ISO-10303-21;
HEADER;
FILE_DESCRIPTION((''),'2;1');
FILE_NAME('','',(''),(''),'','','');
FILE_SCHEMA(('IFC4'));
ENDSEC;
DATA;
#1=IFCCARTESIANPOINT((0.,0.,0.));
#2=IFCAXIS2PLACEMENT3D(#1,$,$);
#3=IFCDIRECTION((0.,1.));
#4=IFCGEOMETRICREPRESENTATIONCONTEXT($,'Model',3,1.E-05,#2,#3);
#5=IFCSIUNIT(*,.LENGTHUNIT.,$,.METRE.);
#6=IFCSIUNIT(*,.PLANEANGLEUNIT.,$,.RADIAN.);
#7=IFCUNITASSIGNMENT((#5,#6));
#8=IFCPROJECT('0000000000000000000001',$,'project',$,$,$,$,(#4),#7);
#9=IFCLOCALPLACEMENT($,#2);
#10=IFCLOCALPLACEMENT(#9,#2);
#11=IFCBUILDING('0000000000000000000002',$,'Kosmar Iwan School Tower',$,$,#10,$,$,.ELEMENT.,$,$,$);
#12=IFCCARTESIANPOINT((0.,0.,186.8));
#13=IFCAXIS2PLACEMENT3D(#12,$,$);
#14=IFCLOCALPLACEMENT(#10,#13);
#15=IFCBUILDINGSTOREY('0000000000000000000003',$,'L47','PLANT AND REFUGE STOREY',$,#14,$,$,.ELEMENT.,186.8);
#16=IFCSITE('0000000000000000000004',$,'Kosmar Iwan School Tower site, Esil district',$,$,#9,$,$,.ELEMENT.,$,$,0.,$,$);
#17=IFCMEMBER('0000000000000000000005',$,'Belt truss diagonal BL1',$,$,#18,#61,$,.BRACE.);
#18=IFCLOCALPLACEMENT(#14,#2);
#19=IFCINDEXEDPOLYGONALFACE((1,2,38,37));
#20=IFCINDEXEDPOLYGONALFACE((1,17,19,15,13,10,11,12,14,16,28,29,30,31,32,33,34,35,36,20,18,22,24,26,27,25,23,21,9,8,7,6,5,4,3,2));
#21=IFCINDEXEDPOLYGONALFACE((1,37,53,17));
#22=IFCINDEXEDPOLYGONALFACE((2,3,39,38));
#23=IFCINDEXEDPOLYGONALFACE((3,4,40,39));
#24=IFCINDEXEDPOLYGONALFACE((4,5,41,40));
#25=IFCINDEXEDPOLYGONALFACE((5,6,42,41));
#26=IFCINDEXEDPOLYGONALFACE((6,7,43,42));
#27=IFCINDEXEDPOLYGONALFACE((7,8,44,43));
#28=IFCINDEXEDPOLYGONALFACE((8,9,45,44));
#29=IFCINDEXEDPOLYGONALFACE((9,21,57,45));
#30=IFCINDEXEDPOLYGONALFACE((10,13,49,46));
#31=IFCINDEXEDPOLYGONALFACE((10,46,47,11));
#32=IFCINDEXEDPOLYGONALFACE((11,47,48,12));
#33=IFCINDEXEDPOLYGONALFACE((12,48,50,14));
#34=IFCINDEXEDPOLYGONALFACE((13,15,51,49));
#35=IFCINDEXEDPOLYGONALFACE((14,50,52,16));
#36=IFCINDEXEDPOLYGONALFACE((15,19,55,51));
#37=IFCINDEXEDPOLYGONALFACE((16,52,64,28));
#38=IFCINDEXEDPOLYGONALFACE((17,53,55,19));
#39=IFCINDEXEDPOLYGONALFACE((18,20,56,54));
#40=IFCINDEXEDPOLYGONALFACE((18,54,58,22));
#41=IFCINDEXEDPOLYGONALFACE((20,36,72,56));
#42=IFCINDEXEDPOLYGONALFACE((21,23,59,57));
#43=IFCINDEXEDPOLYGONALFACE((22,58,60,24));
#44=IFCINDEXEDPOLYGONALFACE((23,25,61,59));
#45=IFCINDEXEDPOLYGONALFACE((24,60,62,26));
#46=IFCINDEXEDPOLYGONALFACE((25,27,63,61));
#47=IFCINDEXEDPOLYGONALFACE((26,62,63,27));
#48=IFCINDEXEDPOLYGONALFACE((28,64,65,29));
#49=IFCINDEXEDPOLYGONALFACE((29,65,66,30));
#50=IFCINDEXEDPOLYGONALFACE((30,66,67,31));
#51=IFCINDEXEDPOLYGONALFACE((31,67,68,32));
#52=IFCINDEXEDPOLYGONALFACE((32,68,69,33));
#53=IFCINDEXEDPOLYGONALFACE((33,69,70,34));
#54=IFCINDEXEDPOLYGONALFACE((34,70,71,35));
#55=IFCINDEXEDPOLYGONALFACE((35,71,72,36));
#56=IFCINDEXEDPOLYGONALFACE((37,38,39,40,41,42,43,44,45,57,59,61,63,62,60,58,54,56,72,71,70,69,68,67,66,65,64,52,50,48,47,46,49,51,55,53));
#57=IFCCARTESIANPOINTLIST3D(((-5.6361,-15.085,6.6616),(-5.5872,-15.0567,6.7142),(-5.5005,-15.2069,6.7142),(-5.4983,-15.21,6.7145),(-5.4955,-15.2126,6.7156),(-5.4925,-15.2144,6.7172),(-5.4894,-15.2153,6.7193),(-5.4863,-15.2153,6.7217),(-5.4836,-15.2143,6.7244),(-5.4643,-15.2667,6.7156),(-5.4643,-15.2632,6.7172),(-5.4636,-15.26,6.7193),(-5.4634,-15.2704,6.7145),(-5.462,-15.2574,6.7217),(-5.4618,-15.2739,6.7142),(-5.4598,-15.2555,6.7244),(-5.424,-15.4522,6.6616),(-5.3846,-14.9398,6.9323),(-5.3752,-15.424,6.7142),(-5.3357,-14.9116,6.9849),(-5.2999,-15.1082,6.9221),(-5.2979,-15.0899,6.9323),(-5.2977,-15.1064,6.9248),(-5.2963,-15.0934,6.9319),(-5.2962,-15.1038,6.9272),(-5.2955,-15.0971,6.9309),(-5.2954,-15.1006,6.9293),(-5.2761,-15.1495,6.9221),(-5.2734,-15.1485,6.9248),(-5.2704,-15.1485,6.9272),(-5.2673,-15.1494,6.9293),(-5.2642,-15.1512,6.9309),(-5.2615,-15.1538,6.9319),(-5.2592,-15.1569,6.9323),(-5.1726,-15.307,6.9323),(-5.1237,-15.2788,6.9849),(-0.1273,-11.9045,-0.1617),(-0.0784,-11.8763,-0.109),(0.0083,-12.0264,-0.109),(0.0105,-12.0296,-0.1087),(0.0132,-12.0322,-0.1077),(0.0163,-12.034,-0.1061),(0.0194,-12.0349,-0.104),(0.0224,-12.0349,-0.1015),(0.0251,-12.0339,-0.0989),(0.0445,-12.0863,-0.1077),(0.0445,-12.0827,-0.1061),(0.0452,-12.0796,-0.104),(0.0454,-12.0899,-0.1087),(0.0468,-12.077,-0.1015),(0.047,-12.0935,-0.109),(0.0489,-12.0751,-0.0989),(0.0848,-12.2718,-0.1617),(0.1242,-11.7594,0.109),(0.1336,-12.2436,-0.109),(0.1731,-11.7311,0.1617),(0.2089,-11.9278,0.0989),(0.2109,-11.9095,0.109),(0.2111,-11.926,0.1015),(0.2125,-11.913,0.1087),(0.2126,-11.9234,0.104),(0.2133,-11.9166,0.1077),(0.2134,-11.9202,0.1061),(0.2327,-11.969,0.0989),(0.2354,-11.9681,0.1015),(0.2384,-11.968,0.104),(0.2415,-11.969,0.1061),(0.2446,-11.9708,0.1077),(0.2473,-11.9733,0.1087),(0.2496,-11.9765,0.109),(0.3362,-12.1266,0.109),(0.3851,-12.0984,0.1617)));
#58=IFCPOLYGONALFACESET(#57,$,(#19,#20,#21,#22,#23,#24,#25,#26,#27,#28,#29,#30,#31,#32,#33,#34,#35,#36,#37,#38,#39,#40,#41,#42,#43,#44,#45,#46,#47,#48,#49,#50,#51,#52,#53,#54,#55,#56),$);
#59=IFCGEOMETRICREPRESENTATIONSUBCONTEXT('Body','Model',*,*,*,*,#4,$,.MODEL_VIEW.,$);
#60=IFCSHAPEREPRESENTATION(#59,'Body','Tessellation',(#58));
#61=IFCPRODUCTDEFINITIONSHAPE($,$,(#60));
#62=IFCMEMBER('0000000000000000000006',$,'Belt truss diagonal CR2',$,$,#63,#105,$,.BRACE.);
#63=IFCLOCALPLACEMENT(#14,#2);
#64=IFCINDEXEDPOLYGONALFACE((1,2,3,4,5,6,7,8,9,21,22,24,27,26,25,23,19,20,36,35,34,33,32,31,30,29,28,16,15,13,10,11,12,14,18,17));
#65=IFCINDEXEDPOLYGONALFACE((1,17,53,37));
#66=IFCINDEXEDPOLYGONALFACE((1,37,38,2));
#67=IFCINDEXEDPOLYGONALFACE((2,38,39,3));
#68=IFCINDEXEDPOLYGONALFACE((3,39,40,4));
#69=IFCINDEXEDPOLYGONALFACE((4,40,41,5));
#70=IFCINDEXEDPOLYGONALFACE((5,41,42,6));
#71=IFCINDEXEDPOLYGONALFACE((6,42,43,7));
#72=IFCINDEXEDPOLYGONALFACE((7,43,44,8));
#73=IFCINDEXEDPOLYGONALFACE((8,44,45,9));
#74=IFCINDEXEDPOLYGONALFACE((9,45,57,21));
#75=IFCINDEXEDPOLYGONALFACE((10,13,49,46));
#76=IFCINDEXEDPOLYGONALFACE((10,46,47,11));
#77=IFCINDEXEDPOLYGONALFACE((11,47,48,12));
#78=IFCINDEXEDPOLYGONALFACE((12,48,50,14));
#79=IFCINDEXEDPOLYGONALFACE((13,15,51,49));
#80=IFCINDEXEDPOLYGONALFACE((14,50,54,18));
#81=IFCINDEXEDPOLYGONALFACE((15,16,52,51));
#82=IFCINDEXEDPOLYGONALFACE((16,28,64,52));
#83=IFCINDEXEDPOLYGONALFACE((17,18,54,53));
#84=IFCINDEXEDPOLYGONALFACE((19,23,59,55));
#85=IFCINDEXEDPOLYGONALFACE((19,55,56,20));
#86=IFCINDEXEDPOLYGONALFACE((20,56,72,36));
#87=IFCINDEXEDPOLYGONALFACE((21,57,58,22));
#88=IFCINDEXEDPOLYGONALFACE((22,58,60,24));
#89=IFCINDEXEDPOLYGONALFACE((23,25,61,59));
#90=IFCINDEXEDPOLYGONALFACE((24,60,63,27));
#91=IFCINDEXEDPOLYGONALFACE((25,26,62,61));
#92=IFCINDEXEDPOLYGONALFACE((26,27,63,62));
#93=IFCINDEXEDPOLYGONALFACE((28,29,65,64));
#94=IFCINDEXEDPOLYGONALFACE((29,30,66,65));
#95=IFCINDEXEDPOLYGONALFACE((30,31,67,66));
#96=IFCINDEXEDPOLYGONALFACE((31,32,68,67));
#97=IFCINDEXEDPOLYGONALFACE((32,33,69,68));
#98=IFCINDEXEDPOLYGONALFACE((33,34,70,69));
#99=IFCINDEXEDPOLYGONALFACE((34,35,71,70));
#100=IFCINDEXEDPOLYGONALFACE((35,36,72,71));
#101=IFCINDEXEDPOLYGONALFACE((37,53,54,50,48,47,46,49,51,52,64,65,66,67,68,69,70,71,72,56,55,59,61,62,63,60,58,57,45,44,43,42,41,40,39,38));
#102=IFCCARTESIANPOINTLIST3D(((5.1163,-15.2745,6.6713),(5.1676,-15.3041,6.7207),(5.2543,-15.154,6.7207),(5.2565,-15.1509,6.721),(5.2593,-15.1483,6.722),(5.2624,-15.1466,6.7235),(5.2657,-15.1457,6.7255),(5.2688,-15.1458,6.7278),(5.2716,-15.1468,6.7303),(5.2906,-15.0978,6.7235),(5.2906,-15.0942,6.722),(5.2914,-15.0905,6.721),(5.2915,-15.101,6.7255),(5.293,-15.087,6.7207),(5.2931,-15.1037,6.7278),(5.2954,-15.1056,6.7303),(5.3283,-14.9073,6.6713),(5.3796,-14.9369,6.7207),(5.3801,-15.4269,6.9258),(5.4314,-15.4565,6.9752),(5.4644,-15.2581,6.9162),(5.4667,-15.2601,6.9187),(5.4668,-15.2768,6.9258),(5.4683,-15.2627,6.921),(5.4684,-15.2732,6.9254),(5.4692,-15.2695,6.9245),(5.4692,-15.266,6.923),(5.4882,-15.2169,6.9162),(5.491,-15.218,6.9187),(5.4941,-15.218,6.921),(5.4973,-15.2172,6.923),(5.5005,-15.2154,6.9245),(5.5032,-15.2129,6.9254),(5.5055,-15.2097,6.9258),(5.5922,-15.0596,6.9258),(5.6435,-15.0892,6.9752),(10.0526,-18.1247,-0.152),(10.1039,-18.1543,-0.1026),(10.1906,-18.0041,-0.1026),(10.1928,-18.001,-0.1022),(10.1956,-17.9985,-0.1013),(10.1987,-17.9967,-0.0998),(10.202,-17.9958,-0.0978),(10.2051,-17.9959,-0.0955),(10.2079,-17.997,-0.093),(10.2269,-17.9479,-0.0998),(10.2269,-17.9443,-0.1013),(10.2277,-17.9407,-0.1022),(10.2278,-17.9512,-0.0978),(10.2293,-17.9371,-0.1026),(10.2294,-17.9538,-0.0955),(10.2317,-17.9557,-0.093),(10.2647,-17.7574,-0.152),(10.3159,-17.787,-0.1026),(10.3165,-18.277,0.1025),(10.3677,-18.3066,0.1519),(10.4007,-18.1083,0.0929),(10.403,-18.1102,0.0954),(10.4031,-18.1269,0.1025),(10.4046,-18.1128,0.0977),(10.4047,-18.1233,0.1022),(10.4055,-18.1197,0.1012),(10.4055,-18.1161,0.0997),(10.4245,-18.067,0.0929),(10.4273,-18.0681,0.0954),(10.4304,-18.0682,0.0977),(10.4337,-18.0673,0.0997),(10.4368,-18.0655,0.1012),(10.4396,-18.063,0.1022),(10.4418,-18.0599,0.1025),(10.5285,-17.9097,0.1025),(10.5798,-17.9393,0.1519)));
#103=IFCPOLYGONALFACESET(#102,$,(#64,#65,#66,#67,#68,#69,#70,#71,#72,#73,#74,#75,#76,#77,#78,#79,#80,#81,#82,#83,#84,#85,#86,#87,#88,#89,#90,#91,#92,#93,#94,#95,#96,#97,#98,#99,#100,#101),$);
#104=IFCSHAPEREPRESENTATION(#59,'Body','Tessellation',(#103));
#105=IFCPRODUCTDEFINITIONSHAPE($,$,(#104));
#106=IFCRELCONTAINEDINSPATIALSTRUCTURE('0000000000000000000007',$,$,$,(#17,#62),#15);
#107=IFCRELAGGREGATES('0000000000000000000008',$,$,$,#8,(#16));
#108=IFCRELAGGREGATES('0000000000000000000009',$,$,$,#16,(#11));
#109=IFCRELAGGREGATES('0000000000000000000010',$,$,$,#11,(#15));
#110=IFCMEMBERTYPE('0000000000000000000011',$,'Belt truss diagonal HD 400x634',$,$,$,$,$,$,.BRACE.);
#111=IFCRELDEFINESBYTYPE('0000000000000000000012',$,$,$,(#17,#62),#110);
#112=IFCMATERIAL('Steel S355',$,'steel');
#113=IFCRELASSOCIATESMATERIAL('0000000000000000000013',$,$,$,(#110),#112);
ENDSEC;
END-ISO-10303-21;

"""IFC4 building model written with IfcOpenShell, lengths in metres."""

from ifc_helpers import new_model, si_unit, direction, frame, origin, origin_2d, place, context, subcontext, project, spatial, i_section, extrude, material, material_profile, profile_set, type_object, element, save


model = new_model("IFC4")

# Units and contexts
model_context = context("Model", 3, precision=1e-05, world=origin(), true_north=direction((0.0, 1.0)))
body_context = subcontext(model_context, "Body", "Model", "MODEL_VIEW")
ifc_project = project(units=[si_unit("LENGTHUNIT", "METRE"), si_unit("PLANEANGLEUNIT", "RADIAN")], contexts=[model_context])

# Site, building, storey
site_placement = place(None, origin())
site = spatial("IfcSite", under=ifc_project, at=site_placement, Name="Kosmar Iwan School Tower site, Esil district", CompositionType="ELEMENT", RefElevation=0.0)
building_placement = place(site_placement, origin())
building = spatial("IfcBuilding", under=site, at=building_placement, Name="Kosmar Iwan School Tower", CompositionType="ELEMENT")
storey_placement = place(building_placement, frame((0.0, 0.0, 186.8)))
storey = spatial("IfcBuildingStorey", under=building, at=storey_placement, Name="L47", Description="PLANT AND REFUGE STOREY", CompositionType="ELEMENT", Elevation=186.8)

# Members
ifc_material_1 = material(Name="Steel S355", Category="steel")
ifc_material_profile = material_profile(ifc_material_1, i_section(OverallWidth=0.4241, OverallDepth=0.4741, WebThickness=0.0476, FlangeThickness=0.0771, FilletRadius=0.0149, at=origin_2d()), Name="HD 400x634")
ifc_profile_set = profile_set([ifc_material_profile], Name="Steel S355")
member_type = type_object("IfcMemberType", Name="Belt truss diagonal HD 400x634", PredefinedType="BRACE", material=ifc_profile_set)
member_1_placement = place(storey_placement, frame((0.1289, -12.0015, 0.0), z_axis=(-0.590542, -0.340941, 0.731451), x_axis=(0.49999, -0.866031, 0.0)))
element("IfcMember", 1, at=member_1_placement, inside=storey, type_object=member_type, Name="Belt truss diagonal BL1", PredefinedType="BRACE", context=body_context, shape_type="SweptSolid", body=[
    extrude(i_section(OverallWidth=0.4241, OverallDepth=0.4741, WebThickness=0.0476, FlangeThickness=0.0771, FilletRadius=0.0149, at=origin_2d()), origin(), (0.0, 0.0, 1.0), 9.3284),
])
member_2_placement = place(storey_placement, frame((5.3799, -15.1819, 6.8232), z_axis=(0.555211, -0.320567, -0.767449), x_axis=(0.500018, 0.866015, 0.0)))
element("IfcMember", 2, at=member_2_placement, inside=storey, type_object=member_type, Name="Belt truss diagonal CR2", PredefinedType="BRACE", context=body_context, shape_type="SweptSolid", body=[
    extrude(i_section(OverallWidth=0.4241, OverallDepth=0.4741, WebThickness=0.0476, FlangeThickness=0.0771, FilletRadius=0.0149, at=origin_2d()), origin(), (0.0, 0.0, 1.0), 8.8909),
])

save(model, "model.ifc")
